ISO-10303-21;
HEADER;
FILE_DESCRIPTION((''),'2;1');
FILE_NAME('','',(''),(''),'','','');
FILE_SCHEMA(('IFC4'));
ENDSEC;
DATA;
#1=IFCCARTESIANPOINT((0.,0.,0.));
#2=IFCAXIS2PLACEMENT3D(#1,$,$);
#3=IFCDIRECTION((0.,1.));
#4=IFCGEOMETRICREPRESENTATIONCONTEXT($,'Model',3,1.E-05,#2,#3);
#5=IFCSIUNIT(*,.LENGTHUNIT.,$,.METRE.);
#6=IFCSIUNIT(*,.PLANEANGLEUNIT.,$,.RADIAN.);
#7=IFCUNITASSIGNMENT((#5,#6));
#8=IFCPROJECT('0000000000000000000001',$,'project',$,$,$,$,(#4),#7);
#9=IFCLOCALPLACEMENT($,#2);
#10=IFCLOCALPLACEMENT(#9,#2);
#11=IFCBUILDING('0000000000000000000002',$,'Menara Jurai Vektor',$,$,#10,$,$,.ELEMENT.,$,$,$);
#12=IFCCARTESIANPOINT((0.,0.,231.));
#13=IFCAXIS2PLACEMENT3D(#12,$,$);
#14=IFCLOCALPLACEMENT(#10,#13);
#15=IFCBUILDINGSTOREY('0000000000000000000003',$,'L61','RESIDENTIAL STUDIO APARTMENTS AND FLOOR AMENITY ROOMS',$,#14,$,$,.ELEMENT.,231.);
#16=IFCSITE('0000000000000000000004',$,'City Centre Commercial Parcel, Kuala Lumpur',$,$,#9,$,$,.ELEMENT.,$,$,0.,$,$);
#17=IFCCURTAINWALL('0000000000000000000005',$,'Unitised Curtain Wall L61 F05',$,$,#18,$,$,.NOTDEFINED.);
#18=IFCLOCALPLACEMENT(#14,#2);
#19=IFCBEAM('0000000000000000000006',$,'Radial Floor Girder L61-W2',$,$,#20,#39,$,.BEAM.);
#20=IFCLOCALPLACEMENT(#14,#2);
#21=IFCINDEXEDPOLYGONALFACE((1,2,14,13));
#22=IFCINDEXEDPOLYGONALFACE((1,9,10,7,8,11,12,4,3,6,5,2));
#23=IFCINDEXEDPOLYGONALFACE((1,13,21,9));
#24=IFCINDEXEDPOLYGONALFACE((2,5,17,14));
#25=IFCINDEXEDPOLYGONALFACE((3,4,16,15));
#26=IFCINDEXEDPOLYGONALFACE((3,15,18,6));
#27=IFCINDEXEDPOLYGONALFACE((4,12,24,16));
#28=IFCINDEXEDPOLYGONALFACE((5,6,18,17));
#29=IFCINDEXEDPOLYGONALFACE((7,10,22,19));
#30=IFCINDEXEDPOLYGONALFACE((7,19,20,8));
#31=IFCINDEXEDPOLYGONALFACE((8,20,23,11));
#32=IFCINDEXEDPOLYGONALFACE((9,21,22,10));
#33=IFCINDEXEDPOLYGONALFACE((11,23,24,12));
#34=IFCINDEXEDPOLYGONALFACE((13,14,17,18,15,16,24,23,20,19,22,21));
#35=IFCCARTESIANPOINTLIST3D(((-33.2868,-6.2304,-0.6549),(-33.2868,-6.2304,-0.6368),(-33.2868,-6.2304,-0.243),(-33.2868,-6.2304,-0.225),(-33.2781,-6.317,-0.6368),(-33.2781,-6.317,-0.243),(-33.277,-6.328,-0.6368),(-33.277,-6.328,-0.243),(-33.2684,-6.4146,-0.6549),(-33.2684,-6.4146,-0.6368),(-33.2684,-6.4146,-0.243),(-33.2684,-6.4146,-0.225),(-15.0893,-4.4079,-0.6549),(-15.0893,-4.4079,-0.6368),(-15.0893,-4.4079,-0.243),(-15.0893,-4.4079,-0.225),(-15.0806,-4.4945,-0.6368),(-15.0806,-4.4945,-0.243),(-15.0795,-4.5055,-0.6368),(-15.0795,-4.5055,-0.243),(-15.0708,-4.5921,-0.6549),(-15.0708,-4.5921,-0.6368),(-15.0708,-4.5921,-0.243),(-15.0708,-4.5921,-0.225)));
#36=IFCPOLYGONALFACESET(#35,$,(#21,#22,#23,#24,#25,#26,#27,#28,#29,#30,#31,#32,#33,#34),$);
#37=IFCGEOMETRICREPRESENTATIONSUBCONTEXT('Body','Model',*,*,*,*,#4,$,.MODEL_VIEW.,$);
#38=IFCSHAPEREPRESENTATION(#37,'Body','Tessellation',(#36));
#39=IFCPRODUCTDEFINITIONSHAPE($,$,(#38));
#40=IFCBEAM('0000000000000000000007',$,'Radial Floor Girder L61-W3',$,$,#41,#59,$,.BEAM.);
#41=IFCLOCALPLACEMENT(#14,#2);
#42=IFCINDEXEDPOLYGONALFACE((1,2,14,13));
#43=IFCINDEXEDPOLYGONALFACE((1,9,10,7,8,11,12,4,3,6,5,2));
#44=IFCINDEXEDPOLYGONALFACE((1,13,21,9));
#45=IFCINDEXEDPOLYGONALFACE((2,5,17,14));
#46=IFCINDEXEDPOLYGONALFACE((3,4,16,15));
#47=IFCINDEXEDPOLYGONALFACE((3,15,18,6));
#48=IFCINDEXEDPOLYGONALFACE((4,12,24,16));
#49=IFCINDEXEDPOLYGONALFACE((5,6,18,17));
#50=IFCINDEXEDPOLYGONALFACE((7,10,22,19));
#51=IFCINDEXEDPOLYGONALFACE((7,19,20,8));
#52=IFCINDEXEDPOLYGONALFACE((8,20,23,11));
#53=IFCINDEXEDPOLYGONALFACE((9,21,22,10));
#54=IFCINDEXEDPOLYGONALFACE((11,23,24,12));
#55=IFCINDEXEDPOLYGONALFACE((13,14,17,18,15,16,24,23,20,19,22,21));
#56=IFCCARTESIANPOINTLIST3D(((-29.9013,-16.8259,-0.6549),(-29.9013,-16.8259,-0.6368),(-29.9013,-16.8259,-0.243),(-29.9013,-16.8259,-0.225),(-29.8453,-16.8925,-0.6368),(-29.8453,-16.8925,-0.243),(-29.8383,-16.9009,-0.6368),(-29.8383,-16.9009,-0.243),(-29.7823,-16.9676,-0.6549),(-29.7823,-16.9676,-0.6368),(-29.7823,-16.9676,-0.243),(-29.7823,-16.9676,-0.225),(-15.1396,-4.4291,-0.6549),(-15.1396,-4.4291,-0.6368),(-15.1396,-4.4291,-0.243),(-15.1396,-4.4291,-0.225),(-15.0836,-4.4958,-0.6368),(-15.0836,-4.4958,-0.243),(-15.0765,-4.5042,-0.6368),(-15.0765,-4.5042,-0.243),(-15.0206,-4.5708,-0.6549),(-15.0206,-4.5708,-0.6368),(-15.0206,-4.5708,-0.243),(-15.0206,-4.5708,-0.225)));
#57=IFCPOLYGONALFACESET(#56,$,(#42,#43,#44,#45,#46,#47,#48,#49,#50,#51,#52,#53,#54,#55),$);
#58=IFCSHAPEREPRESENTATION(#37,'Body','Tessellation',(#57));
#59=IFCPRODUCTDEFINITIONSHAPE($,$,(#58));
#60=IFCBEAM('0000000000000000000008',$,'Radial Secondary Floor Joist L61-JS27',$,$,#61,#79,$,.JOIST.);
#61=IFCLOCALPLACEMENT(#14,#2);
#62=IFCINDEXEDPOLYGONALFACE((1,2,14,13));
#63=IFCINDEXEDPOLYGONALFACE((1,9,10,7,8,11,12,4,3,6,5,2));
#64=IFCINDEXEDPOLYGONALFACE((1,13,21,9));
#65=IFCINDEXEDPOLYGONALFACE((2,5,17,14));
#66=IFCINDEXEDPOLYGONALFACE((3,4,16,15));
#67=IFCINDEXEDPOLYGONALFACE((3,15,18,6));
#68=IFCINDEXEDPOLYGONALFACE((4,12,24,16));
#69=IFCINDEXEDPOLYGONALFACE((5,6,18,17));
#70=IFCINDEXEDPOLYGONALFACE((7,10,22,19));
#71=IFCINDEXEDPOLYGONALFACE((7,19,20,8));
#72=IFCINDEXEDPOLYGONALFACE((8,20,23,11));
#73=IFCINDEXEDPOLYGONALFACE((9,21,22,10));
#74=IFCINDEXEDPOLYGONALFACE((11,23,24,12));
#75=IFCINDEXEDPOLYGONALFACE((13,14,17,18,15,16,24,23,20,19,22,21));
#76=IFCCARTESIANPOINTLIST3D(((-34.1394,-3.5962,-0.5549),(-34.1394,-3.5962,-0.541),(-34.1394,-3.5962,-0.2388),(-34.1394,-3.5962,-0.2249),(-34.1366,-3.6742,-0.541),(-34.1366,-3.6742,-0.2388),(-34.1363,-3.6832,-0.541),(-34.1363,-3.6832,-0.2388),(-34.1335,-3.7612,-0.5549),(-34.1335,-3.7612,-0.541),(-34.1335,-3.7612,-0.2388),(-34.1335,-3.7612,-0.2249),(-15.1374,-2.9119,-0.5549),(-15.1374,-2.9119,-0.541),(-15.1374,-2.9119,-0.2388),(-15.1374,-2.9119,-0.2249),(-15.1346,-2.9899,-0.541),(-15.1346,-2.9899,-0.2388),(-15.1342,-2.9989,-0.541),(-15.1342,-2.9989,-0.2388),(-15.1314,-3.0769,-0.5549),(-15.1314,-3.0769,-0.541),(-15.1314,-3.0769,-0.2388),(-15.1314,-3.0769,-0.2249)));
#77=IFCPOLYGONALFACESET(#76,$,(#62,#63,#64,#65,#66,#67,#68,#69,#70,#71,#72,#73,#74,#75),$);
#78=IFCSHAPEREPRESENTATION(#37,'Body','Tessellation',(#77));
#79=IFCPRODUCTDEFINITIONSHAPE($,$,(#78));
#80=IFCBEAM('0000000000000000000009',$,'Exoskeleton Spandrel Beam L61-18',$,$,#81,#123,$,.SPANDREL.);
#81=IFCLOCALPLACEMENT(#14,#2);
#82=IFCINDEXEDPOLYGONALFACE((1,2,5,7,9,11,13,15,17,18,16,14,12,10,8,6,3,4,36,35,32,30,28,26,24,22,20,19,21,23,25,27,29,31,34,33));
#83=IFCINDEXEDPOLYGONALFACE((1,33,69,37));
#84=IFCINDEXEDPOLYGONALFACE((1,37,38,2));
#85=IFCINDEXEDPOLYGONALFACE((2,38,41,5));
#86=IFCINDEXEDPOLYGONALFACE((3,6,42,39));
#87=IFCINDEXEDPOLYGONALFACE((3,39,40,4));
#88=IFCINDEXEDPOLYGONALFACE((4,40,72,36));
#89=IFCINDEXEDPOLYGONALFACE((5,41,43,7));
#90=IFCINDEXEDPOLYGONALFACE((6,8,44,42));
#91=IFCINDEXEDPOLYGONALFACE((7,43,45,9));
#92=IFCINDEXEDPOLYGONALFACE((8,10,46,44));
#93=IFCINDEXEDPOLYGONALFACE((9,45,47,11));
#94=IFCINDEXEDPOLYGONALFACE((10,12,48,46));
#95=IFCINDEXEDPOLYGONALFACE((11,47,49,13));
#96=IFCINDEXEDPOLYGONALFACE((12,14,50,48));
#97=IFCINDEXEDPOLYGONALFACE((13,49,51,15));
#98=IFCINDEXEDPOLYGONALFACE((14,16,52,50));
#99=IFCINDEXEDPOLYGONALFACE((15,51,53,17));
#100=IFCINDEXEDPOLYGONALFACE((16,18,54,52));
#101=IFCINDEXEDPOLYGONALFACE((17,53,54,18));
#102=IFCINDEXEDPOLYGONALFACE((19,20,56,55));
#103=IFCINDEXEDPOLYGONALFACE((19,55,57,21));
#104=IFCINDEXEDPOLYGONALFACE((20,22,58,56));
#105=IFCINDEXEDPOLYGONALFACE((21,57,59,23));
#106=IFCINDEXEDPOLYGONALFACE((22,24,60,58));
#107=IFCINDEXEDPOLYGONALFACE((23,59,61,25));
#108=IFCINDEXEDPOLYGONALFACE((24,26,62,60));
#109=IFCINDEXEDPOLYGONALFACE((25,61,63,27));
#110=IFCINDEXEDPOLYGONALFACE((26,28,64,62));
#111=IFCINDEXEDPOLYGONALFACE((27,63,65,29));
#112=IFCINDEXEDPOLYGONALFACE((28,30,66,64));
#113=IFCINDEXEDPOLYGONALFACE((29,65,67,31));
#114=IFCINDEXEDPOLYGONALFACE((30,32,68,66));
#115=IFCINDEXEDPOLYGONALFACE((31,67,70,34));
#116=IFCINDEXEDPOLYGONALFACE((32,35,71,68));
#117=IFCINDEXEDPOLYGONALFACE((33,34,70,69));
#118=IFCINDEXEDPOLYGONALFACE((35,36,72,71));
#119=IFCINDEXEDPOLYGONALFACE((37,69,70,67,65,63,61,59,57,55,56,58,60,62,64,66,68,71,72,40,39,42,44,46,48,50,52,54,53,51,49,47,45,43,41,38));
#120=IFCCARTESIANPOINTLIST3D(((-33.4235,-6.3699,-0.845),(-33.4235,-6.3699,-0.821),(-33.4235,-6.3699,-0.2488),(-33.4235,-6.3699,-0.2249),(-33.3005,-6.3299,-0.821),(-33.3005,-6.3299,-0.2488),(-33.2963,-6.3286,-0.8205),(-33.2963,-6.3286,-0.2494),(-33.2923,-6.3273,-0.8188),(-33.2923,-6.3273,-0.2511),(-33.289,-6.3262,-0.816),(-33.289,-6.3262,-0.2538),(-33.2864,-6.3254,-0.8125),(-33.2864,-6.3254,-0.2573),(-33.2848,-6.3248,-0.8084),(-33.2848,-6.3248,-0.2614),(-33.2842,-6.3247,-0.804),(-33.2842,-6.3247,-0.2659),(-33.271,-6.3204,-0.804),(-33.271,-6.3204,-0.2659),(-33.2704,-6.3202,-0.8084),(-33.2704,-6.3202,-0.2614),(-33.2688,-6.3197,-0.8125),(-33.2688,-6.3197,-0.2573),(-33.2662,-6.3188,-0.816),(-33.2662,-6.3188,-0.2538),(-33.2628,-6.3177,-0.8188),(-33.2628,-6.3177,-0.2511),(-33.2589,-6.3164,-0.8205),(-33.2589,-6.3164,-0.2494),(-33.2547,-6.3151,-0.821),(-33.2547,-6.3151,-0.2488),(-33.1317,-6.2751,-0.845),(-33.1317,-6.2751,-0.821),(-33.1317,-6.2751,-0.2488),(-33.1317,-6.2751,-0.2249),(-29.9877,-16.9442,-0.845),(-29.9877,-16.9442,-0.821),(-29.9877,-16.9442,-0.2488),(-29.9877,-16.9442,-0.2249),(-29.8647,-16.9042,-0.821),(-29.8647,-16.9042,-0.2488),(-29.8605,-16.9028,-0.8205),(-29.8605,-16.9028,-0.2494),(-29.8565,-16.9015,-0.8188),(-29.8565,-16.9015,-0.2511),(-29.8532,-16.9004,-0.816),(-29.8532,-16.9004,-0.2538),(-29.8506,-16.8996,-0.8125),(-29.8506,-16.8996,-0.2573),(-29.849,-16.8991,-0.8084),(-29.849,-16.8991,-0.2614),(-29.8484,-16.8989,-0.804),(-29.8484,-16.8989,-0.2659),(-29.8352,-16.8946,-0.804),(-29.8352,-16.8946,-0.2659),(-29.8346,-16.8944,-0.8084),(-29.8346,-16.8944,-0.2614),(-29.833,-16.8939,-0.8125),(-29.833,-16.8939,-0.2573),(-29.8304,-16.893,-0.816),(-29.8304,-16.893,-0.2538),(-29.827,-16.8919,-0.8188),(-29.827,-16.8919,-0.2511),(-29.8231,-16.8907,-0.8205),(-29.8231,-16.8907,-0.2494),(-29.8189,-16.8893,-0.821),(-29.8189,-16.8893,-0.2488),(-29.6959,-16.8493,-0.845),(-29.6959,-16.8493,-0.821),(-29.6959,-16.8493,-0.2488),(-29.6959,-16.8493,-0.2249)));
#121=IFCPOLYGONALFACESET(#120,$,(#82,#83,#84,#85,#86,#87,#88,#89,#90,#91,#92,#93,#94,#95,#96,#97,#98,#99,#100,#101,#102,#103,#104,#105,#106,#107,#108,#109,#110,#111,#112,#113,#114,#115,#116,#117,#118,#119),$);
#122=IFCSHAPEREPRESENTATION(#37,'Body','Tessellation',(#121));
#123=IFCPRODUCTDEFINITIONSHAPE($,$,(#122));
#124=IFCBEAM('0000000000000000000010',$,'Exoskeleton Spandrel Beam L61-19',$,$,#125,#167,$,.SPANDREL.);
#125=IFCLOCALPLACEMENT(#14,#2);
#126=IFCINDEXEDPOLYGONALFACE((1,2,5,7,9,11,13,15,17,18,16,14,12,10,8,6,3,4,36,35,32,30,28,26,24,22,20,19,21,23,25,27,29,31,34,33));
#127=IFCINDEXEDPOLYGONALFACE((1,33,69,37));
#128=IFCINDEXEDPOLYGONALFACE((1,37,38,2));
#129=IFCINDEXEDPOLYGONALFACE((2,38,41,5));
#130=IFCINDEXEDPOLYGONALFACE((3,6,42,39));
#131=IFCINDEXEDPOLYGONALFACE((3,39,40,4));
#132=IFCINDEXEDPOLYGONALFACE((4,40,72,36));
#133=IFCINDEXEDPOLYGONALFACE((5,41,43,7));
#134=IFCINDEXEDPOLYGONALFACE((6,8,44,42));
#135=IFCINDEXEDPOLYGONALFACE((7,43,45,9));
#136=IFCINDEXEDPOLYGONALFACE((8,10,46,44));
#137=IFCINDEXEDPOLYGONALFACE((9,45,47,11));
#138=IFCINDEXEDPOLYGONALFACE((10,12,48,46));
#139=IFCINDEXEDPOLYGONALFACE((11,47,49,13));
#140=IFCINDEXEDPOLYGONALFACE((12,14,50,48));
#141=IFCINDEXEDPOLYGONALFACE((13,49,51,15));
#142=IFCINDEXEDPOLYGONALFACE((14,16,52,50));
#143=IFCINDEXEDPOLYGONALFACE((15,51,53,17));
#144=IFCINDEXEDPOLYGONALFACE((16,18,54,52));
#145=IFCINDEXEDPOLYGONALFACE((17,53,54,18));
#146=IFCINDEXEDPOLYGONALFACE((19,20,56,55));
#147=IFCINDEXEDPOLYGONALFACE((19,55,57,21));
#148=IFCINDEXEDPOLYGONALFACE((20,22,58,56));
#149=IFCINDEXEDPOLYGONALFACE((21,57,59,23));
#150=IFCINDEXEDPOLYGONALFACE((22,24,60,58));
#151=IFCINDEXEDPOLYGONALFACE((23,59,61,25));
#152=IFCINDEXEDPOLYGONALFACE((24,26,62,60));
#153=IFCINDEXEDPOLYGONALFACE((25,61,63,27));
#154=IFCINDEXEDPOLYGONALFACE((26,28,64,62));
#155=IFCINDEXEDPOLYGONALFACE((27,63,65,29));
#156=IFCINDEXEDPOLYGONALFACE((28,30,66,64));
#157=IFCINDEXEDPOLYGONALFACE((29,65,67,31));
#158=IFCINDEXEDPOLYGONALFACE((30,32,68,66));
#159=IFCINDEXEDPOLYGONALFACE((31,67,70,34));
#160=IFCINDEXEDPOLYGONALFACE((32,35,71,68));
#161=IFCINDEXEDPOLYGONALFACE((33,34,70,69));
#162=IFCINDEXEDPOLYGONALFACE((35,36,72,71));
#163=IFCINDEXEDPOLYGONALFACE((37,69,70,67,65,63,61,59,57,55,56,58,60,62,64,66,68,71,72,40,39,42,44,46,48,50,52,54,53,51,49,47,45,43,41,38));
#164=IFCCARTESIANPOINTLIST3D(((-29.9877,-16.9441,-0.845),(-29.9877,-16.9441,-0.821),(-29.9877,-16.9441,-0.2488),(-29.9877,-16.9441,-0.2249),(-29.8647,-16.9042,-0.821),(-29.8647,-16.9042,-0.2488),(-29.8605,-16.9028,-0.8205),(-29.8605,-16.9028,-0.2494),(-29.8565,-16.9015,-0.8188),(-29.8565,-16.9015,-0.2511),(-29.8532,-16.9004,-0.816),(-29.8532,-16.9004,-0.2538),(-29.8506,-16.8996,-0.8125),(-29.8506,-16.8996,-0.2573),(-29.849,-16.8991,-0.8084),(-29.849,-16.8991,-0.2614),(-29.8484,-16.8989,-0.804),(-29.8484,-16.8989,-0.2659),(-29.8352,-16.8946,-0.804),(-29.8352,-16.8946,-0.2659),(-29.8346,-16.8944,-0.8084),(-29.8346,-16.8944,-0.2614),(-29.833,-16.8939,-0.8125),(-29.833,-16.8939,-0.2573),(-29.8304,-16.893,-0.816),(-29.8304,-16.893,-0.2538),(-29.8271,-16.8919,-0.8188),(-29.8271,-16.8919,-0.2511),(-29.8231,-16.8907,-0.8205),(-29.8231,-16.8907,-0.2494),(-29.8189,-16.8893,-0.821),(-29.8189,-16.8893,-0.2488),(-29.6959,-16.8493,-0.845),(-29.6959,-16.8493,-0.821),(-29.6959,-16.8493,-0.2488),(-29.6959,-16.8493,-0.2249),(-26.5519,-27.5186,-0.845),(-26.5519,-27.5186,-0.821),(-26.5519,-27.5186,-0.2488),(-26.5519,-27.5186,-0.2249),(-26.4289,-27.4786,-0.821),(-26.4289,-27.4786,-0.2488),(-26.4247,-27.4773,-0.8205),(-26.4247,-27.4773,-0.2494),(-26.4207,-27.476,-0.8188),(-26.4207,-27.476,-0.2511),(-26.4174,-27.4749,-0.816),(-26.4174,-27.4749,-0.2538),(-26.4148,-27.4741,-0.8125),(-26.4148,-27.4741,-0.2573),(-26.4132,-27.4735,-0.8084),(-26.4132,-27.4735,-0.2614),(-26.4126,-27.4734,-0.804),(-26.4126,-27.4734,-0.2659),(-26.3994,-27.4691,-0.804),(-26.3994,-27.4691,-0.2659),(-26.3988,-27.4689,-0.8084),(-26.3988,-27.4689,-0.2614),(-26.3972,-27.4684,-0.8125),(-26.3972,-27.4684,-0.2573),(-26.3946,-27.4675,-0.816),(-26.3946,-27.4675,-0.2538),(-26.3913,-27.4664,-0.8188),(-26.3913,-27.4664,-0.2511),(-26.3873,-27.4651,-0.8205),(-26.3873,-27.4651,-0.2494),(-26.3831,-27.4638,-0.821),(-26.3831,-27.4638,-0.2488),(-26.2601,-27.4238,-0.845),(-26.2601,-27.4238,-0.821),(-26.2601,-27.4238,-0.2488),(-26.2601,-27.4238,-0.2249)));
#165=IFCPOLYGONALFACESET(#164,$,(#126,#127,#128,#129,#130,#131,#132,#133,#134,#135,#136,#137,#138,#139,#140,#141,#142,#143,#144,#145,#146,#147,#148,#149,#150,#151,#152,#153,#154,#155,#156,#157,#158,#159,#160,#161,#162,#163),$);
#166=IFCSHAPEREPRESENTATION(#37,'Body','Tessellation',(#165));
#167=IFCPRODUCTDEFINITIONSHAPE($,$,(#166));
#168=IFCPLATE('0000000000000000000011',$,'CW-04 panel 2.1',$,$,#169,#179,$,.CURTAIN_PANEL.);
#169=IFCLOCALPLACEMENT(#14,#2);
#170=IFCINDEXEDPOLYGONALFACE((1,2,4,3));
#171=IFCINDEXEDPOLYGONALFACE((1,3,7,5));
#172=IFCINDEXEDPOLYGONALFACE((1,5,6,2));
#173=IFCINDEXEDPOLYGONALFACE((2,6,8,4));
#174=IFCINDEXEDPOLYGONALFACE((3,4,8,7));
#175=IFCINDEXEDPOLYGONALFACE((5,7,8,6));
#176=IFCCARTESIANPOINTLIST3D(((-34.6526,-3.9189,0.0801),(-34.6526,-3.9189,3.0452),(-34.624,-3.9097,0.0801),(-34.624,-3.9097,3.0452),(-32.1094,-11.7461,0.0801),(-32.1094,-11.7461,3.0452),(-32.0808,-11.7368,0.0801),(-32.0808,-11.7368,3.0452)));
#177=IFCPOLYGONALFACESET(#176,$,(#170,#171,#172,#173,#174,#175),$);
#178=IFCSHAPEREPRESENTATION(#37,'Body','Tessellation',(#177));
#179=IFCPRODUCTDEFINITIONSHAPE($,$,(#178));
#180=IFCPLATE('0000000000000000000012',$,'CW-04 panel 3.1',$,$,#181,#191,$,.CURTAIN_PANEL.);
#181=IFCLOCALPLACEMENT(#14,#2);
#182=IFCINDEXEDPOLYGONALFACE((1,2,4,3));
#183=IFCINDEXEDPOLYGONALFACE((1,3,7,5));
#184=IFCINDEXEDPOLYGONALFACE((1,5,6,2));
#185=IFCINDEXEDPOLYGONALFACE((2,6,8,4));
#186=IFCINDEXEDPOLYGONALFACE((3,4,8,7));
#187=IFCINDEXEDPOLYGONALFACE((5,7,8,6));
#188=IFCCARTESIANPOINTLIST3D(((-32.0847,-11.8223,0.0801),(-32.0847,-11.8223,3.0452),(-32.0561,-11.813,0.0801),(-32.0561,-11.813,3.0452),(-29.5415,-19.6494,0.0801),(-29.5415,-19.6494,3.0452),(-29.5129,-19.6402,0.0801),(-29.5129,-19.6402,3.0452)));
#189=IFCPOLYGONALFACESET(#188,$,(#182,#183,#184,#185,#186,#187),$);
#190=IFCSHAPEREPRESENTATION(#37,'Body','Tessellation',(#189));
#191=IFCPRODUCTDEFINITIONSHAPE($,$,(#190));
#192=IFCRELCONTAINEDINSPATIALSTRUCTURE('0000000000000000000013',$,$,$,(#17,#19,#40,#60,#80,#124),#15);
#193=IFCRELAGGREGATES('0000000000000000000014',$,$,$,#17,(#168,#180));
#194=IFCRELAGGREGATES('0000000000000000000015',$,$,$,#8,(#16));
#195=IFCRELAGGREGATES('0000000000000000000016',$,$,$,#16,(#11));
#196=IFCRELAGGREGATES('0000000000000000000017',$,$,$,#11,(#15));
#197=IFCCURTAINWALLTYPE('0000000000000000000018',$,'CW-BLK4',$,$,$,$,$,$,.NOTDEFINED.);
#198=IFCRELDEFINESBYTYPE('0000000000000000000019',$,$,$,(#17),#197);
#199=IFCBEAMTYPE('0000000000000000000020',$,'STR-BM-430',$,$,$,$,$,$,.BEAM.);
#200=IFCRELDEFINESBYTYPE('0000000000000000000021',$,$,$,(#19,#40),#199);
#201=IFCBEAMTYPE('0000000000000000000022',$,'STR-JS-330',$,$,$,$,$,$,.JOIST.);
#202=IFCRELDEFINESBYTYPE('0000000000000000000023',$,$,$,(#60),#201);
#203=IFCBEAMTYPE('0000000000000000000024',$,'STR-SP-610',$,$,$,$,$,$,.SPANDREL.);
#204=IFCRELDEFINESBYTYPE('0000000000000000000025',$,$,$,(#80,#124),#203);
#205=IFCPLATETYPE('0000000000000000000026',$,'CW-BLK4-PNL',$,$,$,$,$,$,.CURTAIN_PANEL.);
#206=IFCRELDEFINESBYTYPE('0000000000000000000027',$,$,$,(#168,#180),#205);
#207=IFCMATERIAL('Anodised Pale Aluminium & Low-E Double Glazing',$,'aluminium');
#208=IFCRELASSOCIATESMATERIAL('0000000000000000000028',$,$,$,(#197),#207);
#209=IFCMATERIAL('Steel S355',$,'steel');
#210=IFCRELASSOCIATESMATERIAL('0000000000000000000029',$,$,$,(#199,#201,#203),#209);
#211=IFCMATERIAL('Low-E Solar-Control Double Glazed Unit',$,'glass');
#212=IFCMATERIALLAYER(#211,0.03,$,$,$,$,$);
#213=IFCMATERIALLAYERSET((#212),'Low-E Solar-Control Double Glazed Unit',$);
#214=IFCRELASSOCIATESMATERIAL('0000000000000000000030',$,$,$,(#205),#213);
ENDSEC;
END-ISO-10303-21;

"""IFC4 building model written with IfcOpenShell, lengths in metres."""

from ifc_helpers import new_model, si_unit, direction, frame, origin, origin_2d, place, context, subcontext, project, spatial, rectangle, i_section, extrude, material, layer, layer_set, material_profile, profile_set, type_object, element, aggregate, save


model = new_model("IFC4")

# Units and contexts
model_context = context("Model", 3, precision=1e-05, world=origin(), true_north=direction((0.0, 1.0)))
body_context = subcontext(model_context, "Body", "Model", "MODEL_VIEW")
ifc_project = project(units=[si_unit("LENGTHUNIT", "METRE"), si_unit("PLANEANGLEUNIT", "RADIAN")], contexts=[model_context])

# Site, building, storey
site_placement = place(None, origin())
site = spatial("IfcSite", under=ifc_project, at=site_placement, Name="City Centre Commercial Parcel, Kuala Lumpur", CompositionType="ELEMENT", RefElevation=0.0)
building_placement = place(site_placement, origin())
building = spatial("IfcBuilding", under=site, at=building_placement, Name="Menara Jurai Vektor", CompositionType="ELEMENT")
storey_placement = place(building_placement, frame((0.0, 0.0, 231.0)))
storey = spatial("IfcBuildingStorey", under=building, at=storey_placement, Name="L61", Description="RESIDENTIAL STUDIO APARTMENTS AND FLOOR AMENITY ROOMS", CompositionType="ELEMENT", Elevation=231.0)

# Curtain wall
ifc_material_1 = material(Name="Anodised Pale Aluminium & Low-E Double Glazing", Category="aluminium")
curtain_wall_type = type_object("IfcCurtainWallType", Name="CW-BLK4", PredefinedType="NOTDEFINED", material=ifc_material_1)
curtain_wall_placement = place(storey_placement, origin())
curtain_wall = element("IfcCurtainWall", 1, at=curtain_wall_placement, inside=storey, type_object=curtain_wall_type, Name="Unitised Curtain Wall L61 F05", PredefinedType="NOTDEFINED")

# Beams
ifc_material_2 = material(Name="Steel S355", Category="steel")
ifc_material_profile_1 = material_profile(ifc_material_2, i_section(OverallWidth=0.1851, OverallDepth=0.4299, WebThickness=0.011, FlangeThickness=0.0181, at=origin_2d()), Name="PG 430x185x76")
ifc_profile_set_1 = profile_set([ifc_material_profile_1], Name="Steel S355")
beam_type_1 = type_object("IfcBeamType", Name="STR-BM-430", PredefinedType="BEAM", material=ifc_profile_set_1)
beam_1_placement = place(storey_placement, frame((-33.2776, -6.3225, -0.4399), z_axis=(0.995022, 0.099653, 0.0), x_axis=(-0.099653, 0.995022, 0.0)))
element("IfcBeam", 2, at=beam_1_placement, inside=storey, type_object=beam_type_1, Name="Radial Floor Girder L61-W2", PredefinedType="BEAM", context=body_context, shape_type="SweptSolid", body=[
    extrude(i_section(OverallWidth=0.1851, OverallDepth=0.4299, WebThickness=0.011, FlangeThickness=0.0181, at=origin_2d()), origin(), (0.0, 0.0, 1.0), 18.2886),
])
beam_2_placement = place(storey_placement, frame((-29.8418, -16.8967, -0.4399), z_axis=(0.765784, 0.643097, 0.0), x_axis=(-0.643097, 0.765784, 0.0)))
element("IfcBeam", 3, at=beam_2_placement, inside=storey, type_object=beam_type_1, Name="Radial Floor Girder L61-W3", PredefinedType="BEAM", context=body_context, shape_type="SweptSolid", body=[
    extrude(i_section(OverallWidth=0.1851, OverallDepth=0.4299, WebThickness=0.011, FlangeThickness=0.0181, at=origin_2d()), origin(), (0.0, 0.0, 1.0), 19.2766),
])
ifc_material_profile_2 = material_profile(ifc_material_2, i_section(OverallWidth=0.165, OverallDepth=0.3301, WebThickness=0.009, FlangeThickness=0.0139, at=origin_2d()), Name="PG 330x165x46")
ifc_profile_set_2 = profile_set([ifc_material_profile_2], Name="Steel S355")
beam_type_2 = type_object("IfcBeamType", Name="STR-JS-330", PredefinedType="JOIST", material=ifc_profile_set_2)
beam_3_placement = place(storey_placement, frame((-34.1365, -3.6787, -0.3899), z_axis=(0.999352, 0.03599, 0.0), x_axis=(-0.03599, 0.999352, 0.0)))
element("IfcBeam", 4, at=beam_3_placement, inside=storey, type_object=beam_type_2, Name="Radial Secondary Floor Joist L61-JS27", PredefinedType="JOIST", context=body_context, shape_type="SweptSolid", body=[
    extrude(i_section(OverallWidth=0.165, OverallDepth=0.3301, WebThickness=0.009, FlangeThickness=0.0139, at=origin_2d()), origin(), (0.0, 0.0, 1.0), 19.0144),
])
ifc_material_profile_3 = material_profile(ifc_material_2, i_section(OverallWidth=0.3069, OverallDepth=0.6201, WebThickness=0.0139, FlangeThickness=0.0239, FilletRadius=0.0171, at=origin_2d()), Name="UKB 610x305x179")
ifc_profile_set_3 = profile_set([ifc_material_profile_3], Name="Steel S355")
beam_type_3 = type_object("IfcBeamType", Name="STR-SP-610", PredefinedType="SPANDREL", material=ifc_profile_set_3)
beam_4_placement = place(storey_placement, frame((-33.2776, -6.3225, -0.5349), z_axis=(0.309019, -0.951056, 0.0), x_axis=(0.951056, 0.309019, 0.0)))
element("IfcBeam", 5, at=beam_4_placement, inside=storey, type_object=beam_type_3, Name="Exoskeleton Spandrel Beam L61-18", PredefinedType="SPANDREL", context=body_context, shape_type="SweptSolid", body=[
    extrude(i_section(OverallWidth=0.3069, OverallDepth=0.6201, WebThickness=0.0139, FlangeThickness=0.0239, FilletRadius=0.0171, at=origin_2d()), origin(), (0.0, 0.0, 1.0), 11.1184),
])
beam_5_placement = place(storey_placement, frame((-29.8418, -16.8967, -0.5349), z_axis=(0.309012, -0.951058, 0.0), x_axis=(0.951058, 0.309012, 0.0)))
element("IfcBeam", 6, at=beam_5_placement, inside=storey, type_object=beam_type_3, Name="Exoskeleton Spandrel Beam L61-19", PredefinedType="SPANDREL", context=body_context, shape_type="SweptSolid", body=[
    extrude(i_section(OverallWidth=0.3069, OverallDepth=0.6201, WebThickness=0.0139, FlangeThickness=0.0239, FilletRadius=0.0171, at=origin_2d()), origin(), (0.0, 0.0, 1.0), 11.1187),
])

# Plates
ifc_material_3 = material(Name="Low-E Solar-Control Double Glazed Unit", Category="glass")
ifc_layer_1 = layer(ifc_material_3, 0.03)
ifc_layer_set_1 = layer_set([ifc_layer_1], Name="Low-E Solar-Control Double Glazed Unit")
plate_type_1 = type_object("IfcPlateType", Name="CW-BLK4-PNL", PredefinedType="CURTAIN_PANEL", material=ifc_layer_set_1)
plate_1_placement = place(storey_placement, frame((-33.3667, -7.8279, 0.0801), z_axis=(0.0, 0.0, 1.0), x_axis=(0.309016, -0.951057, 0.0)))
plate_1 = element("IfcPlate", 7, at=plate_1_placement, type_object=plate_type_1, Name="CW-04 panel 2.1", PredefinedType="CURTAIN_PANEL", context=body_context, shape_type="SweptSolid", body=[
    extrude(rectangle(XDim=8.23, YDim=0.03, at=origin_2d()), origin(), (0.0, 0.0, 1.0), 2.9651),
])
plate_2_placement = place(storey_placement, frame((-30.7988, -15.7312, 0.0801), z_axis=(0.0, 0.0, 1.0), x_axis=(0.309016, -0.951057, 0.0)))
plate_2 = element("IfcPlate", 8, at=plate_2_placement, type_object=plate_type_1, Name="CW-04 panel 3.1", PredefinedType="CURTAIN_PANEL", context=body_context, shape_type="SweptSolid", body=[
    extrude(rectangle(XDim=8.23, YDim=0.03, at=origin_2d()), origin(), (0.0, 0.0, 1.0), 2.9651),
])
aggregate(curtain_wall, [plate_1, plate_2])

save(model, "model.ifc")
